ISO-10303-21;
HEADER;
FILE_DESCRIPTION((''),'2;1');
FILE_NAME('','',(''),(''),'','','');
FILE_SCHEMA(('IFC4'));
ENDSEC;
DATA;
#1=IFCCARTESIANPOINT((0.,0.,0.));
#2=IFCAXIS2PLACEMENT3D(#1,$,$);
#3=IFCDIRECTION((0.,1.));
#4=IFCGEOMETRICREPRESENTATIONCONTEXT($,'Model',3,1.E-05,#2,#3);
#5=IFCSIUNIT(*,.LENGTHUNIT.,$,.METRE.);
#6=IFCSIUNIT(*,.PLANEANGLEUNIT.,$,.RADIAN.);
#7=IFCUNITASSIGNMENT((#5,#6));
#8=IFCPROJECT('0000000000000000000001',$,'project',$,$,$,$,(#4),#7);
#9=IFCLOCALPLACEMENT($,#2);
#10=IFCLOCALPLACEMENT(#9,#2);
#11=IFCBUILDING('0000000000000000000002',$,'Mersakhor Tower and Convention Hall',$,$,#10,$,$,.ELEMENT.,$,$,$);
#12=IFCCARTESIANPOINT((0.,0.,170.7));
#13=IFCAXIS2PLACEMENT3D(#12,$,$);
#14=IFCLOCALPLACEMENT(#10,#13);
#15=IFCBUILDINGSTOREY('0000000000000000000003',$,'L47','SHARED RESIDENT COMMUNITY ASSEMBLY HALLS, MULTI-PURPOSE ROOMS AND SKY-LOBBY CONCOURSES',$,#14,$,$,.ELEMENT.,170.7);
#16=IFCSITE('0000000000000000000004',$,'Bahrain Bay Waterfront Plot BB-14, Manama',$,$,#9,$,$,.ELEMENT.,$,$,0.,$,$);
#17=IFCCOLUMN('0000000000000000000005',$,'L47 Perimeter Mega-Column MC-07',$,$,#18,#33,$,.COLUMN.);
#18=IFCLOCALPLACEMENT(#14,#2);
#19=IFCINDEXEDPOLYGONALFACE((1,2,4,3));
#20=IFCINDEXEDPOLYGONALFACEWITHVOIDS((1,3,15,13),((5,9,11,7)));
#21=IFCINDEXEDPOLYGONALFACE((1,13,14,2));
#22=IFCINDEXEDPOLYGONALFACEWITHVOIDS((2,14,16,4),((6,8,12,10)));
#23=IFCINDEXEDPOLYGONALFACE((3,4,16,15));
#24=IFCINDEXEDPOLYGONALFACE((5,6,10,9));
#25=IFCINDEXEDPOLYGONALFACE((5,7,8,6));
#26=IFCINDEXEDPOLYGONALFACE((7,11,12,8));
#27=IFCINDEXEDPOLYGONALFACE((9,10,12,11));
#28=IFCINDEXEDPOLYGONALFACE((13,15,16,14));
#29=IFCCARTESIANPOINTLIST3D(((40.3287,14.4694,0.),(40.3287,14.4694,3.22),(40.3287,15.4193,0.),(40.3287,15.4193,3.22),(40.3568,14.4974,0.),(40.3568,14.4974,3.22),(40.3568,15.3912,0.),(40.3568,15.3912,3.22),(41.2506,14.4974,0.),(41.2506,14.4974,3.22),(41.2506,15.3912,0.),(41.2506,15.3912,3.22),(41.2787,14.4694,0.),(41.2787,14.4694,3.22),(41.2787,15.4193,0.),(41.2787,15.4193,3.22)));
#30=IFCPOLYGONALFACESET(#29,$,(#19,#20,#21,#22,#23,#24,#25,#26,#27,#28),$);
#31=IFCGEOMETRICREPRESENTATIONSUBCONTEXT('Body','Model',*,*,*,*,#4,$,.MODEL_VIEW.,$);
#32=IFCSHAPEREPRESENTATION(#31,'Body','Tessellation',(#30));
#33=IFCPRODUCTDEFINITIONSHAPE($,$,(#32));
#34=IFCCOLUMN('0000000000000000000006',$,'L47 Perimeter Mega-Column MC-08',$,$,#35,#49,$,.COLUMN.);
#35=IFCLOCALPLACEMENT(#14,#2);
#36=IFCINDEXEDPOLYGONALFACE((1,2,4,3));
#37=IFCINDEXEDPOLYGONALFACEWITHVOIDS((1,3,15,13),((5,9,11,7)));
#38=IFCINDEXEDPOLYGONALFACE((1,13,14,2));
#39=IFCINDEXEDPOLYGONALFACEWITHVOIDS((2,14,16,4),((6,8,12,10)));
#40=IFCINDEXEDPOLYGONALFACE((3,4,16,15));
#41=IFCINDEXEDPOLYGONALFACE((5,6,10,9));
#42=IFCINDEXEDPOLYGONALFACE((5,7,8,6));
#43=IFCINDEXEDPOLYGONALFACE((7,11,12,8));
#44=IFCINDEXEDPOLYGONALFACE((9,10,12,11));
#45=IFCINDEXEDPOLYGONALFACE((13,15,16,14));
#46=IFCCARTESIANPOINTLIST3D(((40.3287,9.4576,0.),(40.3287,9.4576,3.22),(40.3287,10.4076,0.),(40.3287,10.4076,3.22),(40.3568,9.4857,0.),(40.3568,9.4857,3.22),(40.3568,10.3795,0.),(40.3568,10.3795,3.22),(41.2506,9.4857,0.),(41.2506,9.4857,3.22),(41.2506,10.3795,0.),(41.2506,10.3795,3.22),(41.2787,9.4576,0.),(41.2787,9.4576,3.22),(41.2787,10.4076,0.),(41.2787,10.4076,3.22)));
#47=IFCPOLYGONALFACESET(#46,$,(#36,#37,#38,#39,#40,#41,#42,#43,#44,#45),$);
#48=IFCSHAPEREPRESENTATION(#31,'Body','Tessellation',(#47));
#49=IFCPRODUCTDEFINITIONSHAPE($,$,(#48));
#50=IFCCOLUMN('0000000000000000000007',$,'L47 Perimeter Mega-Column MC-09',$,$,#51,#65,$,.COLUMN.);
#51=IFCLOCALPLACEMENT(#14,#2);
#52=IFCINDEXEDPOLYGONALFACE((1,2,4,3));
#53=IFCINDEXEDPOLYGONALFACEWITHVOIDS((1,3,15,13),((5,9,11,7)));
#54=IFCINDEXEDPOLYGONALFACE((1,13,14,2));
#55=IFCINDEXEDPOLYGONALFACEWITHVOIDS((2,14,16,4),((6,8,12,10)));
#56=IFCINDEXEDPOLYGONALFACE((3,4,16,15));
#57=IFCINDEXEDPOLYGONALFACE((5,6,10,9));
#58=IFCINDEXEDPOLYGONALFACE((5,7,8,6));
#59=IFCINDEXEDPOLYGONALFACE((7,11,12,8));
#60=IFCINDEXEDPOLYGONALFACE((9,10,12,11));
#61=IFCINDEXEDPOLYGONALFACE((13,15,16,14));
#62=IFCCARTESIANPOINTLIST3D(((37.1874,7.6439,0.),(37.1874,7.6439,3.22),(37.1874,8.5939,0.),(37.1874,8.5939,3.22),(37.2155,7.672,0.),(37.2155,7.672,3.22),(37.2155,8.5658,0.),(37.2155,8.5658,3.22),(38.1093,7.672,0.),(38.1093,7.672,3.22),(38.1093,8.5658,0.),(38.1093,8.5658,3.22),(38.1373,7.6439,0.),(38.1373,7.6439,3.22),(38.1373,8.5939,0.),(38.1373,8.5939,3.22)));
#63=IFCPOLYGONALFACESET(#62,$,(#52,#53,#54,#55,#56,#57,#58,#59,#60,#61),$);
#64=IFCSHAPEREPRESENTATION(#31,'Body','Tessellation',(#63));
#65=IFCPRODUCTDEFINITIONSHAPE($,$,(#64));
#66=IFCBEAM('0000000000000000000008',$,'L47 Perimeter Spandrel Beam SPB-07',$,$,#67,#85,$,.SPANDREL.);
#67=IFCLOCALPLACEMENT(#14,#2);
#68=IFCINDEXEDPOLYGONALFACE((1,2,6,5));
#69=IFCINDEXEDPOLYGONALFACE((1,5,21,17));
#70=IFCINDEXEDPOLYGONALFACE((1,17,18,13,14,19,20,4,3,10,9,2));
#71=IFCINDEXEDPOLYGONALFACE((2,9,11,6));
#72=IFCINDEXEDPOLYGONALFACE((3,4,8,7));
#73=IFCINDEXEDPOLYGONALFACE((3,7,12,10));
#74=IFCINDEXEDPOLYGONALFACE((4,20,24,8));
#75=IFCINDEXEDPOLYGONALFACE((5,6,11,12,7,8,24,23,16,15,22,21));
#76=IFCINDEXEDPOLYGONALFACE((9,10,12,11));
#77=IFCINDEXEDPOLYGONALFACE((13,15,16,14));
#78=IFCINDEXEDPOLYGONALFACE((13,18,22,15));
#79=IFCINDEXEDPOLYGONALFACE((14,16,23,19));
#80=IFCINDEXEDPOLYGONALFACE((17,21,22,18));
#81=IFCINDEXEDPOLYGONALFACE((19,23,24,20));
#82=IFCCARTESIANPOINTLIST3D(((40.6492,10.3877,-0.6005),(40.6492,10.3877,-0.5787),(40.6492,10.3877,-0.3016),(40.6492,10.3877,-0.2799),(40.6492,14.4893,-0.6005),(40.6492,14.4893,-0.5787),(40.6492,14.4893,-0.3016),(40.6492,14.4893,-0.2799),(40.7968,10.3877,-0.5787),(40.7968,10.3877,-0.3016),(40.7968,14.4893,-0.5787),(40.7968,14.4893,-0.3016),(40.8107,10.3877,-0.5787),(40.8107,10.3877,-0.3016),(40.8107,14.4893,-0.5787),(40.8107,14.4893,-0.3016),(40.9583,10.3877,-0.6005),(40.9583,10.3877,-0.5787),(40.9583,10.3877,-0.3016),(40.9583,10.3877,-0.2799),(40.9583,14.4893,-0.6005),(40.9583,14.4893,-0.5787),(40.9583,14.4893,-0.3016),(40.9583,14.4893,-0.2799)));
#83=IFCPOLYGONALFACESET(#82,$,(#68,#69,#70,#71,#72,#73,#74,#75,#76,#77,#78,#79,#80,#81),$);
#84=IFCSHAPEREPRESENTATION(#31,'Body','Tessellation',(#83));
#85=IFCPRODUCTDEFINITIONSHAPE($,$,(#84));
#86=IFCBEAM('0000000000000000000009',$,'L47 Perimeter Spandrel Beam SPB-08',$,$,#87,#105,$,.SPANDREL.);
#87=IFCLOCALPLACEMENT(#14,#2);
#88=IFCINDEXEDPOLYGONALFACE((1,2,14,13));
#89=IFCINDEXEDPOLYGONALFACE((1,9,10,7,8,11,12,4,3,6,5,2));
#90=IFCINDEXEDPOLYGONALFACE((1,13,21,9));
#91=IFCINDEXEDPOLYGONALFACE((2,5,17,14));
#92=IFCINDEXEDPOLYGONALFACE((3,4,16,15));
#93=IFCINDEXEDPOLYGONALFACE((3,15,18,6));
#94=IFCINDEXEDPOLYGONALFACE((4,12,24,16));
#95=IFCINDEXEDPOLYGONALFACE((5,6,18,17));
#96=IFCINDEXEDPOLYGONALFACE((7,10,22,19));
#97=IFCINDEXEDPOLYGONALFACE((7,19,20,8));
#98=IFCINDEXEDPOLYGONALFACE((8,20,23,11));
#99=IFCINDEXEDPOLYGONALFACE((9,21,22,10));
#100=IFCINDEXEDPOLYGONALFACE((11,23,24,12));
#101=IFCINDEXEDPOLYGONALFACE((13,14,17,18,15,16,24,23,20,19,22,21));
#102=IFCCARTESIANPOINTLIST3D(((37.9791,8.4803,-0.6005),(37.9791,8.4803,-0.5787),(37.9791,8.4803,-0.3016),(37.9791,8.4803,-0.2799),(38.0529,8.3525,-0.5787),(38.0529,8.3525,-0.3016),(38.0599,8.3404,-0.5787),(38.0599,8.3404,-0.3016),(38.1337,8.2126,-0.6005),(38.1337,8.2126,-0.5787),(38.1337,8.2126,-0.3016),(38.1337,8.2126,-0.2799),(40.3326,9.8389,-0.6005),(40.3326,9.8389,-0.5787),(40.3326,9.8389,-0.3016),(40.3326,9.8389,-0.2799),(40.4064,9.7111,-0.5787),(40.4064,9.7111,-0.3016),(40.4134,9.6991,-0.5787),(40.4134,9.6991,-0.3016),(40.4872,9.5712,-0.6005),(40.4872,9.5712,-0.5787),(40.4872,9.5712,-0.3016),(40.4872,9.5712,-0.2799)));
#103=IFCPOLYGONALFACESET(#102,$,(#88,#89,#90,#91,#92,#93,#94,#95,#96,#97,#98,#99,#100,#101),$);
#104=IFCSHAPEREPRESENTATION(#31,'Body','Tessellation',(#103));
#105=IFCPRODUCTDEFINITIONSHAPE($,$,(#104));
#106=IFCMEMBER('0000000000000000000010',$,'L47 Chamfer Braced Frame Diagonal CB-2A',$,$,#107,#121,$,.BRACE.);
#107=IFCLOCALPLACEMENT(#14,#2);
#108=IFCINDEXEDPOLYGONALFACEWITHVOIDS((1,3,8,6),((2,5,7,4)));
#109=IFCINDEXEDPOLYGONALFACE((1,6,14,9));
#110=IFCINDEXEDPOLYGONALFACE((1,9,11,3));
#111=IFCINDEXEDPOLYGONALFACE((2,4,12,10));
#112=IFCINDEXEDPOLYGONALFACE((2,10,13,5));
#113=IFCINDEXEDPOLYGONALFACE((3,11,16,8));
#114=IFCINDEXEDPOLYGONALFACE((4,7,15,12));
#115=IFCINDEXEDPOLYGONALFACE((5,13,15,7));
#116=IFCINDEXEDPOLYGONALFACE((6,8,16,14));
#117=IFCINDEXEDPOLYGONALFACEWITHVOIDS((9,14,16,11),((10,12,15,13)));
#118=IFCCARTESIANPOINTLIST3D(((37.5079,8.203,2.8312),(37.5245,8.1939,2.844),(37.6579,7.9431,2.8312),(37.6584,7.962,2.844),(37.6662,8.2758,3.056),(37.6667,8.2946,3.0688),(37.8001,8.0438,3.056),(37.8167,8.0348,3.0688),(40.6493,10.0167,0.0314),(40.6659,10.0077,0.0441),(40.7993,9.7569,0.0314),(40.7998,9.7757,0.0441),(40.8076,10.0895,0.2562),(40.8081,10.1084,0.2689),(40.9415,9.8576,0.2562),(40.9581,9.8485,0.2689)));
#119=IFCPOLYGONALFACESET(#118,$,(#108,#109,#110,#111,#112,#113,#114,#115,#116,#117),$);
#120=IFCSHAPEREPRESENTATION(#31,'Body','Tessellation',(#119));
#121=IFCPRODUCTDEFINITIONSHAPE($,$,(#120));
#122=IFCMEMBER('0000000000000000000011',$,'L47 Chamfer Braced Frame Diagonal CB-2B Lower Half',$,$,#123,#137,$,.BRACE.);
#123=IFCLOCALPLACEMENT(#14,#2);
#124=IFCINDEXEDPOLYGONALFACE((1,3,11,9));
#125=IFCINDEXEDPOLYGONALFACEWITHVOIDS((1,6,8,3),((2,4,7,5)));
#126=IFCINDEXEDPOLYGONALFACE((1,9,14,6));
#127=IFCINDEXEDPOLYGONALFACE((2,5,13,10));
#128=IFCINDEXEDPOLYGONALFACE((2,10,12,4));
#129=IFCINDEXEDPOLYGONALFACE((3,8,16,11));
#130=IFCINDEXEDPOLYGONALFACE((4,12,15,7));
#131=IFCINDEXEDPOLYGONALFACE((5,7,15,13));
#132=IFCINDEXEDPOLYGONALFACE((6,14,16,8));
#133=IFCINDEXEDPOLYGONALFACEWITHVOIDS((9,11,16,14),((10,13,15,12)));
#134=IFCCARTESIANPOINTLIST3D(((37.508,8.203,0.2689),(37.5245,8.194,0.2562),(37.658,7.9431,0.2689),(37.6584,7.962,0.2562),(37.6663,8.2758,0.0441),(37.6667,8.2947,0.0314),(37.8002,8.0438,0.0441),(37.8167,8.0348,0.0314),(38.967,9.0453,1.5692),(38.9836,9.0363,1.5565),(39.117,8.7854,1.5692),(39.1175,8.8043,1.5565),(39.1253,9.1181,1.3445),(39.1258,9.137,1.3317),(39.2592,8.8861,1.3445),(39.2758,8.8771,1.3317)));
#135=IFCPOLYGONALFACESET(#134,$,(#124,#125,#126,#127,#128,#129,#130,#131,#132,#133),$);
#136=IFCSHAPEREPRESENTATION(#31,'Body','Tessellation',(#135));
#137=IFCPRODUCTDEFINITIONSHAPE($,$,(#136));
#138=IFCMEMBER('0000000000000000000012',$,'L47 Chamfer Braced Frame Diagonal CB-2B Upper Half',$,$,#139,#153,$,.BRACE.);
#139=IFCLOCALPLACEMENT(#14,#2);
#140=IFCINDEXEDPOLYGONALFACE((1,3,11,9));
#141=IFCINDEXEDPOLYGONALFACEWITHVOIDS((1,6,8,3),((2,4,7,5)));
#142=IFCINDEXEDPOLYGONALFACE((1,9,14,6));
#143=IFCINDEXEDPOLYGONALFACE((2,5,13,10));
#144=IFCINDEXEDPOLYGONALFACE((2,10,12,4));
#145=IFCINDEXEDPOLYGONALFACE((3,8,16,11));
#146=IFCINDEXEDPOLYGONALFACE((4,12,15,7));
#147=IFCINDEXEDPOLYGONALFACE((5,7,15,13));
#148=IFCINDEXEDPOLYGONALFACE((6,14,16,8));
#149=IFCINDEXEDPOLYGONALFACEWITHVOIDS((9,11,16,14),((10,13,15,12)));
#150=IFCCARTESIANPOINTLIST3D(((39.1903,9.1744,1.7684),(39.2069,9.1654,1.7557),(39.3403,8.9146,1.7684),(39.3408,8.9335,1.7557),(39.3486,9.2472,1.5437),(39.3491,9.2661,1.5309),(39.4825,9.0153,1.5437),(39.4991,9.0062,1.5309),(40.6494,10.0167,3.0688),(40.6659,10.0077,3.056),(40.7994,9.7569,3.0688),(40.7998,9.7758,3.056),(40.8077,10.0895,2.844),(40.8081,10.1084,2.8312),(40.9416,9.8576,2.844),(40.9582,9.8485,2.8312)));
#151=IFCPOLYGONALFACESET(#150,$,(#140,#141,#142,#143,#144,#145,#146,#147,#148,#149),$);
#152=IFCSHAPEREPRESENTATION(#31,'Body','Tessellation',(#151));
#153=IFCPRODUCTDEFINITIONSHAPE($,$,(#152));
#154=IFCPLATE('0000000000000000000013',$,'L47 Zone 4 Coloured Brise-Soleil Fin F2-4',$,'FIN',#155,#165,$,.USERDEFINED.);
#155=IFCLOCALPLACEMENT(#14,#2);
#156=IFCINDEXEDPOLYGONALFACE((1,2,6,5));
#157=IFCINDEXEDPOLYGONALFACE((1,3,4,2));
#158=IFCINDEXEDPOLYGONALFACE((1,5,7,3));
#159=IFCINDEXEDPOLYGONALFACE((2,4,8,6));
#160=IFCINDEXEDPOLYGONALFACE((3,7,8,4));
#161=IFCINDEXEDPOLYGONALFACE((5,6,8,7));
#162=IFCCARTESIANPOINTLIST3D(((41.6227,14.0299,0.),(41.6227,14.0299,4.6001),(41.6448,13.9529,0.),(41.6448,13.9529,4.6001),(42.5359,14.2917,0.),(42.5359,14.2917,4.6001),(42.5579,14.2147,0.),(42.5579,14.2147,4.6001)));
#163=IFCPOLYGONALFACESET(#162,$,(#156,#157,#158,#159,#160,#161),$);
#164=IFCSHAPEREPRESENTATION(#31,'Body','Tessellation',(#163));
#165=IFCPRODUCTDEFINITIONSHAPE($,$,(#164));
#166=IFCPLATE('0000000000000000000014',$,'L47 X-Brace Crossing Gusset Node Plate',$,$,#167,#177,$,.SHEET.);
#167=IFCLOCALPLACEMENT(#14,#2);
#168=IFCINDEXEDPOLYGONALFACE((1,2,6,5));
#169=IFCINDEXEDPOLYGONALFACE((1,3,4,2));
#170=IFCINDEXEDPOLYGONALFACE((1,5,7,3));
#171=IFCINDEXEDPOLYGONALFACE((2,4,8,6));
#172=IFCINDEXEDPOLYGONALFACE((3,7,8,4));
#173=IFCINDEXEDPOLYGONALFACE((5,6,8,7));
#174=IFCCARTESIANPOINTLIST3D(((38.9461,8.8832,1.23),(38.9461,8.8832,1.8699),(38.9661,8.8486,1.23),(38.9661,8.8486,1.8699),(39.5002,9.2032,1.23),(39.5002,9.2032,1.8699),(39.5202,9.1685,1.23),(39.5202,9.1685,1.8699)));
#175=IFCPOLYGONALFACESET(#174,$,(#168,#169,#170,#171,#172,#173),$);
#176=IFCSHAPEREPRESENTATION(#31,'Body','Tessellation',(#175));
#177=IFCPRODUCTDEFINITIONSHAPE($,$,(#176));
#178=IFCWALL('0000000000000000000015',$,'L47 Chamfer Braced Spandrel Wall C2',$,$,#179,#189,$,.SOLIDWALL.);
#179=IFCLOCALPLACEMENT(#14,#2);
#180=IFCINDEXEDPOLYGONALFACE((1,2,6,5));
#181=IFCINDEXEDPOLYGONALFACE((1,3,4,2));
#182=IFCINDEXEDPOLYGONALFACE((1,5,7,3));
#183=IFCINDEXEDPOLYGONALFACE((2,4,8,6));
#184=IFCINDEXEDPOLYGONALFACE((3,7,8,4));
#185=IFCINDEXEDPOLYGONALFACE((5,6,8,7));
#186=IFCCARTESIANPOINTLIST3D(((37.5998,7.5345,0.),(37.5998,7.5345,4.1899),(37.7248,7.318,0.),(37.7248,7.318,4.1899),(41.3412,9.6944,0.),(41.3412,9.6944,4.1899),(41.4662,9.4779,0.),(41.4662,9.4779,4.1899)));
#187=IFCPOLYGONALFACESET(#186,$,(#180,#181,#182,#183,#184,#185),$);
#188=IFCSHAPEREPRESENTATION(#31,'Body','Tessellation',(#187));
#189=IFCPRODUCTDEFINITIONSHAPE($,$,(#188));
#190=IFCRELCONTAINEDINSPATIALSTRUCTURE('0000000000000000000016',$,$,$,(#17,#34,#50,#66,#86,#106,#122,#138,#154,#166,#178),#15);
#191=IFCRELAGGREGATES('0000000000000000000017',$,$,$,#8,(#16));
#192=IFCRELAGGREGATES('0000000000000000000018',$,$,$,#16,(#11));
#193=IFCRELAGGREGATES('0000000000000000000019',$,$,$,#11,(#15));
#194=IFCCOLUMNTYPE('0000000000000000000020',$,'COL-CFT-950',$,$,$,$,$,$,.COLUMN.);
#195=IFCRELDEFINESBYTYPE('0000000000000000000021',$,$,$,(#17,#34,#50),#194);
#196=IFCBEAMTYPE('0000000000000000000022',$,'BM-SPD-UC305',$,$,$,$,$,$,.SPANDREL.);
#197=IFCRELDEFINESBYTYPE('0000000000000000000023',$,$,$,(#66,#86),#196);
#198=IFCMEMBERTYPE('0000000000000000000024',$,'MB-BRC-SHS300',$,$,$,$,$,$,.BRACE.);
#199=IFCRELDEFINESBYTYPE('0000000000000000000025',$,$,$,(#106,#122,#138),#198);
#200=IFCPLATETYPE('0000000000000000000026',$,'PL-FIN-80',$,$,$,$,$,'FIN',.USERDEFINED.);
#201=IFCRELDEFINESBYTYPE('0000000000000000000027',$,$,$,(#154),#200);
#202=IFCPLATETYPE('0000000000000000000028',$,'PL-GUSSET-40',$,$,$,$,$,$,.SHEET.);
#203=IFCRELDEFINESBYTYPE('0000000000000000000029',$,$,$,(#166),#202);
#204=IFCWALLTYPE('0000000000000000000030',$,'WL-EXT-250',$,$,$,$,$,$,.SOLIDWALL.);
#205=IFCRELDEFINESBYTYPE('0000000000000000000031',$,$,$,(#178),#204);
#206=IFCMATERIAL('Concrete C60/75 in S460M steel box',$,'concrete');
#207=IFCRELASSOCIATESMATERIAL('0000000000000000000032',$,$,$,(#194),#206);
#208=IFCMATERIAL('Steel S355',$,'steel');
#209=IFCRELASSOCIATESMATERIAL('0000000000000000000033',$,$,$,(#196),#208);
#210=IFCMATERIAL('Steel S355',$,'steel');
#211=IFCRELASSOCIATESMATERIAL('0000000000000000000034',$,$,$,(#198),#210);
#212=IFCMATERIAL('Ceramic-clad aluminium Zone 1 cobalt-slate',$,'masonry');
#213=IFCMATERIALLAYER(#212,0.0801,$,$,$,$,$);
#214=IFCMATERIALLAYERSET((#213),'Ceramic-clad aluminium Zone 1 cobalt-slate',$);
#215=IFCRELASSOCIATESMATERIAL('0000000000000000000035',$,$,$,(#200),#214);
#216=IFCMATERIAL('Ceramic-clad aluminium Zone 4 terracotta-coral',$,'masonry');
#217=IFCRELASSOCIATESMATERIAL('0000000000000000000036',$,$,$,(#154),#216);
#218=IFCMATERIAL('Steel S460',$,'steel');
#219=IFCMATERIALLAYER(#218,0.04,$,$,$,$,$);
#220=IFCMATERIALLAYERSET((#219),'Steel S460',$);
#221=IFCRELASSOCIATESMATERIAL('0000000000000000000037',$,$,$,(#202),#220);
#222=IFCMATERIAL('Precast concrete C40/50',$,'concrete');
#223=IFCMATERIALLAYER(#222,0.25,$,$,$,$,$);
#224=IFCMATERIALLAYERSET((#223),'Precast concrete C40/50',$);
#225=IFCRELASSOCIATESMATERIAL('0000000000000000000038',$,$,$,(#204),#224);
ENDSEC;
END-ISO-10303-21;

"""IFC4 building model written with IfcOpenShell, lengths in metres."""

from ifc_helpers import new_model, si_unit, direction, frame, frame_2d, origin, origin_2d, place, context, subcontext, project, spatial, rectangle, hollow_rectangle, i_section, extrude, material, layer, layer_set, material_profile, profile_set, type_object, element, save


model = new_model("IFC4")

# Units and contexts
model_context = context("Model", 3, precision=1e-05, world=origin(), true_north=direction((0.0, 1.0)))
body_context = subcontext(model_context, "Body", "Model", "MODEL_VIEW")
ifc_project = project(units=[si_unit("LENGTHUNIT", "METRE"), si_unit("PLANEANGLEUNIT", "RADIAN")], contexts=[model_context])

# Site, building, storey
site_placement = place(None, origin())
site = spatial("IfcSite", under=ifc_project, at=site_placement, Name="Bahrain Bay Waterfront Plot BB-14, Manama", CompositionType="ELEMENT", RefElevation=0.0)
building_placement = place(site_placement, origin())
building = spatial("IfcBuilding", under=site, at=building_placement, Name="Mersakhor Tower and Convention Hall", CompositionType="ELEMENT")
storey_placement = place(building_placement, frame((0.0, 0.0, 170.7)))
storey = spatial("IfcBuildingStorey", under=building, at=storey_placement, Name="L47", Description="SHARED RESIDENT COMMUNITY ASSEMBLY HALLS, MULTI-PURPOSE ROOMS AND SKY-LOBBY CONCOURSES", CompositionType="ELEMENT", Elevation=170.7)

# Columns
ifc_material_1 = material(Name="Concrete C60/75 in S460M steel box", Category="concrete")
ifc_material_profile_1 = material_profile(ifc_material_1, hollow_rectangle(XDim=0.95, YDim=0.95, WallThickness=0.0281, at=origin_2d()), Name="SHS 950x950x28")
ifc_profile_set_1 = profile_set([ifc_material_profile_1], Name="Concrete C60/75 in S460M steel box")
column_type = type_object("IfcColumnType", Name="COL-CFT-950", PredefinedType="COLUMN", material=ifc_profile_set_1)
for number, where, z_axis, x_axis, name in (
    (1, (40.8037, 14.9443, 0.0), (0.0, 0.0, 1.0), (1.0, 0.0, 0.0), "L47 Perimeter Mega-Column MC-07"),
    (2, (40.8037, 9.9326, 0.0), (0.0, 0.0, 1.0), (1.0, 0.0, 0.0), "L47 Perimeter Mega-Column MC-08"),
    (3, (37.6624, 8.1189, 0.0), (0.0, 0.0, 1.0), (1.0, 0.0, 0.0), "L47 Perimeter Mega-Column MC-09"),
):
    element("IfcColumn", number, at=place(storey_placement, frame(where, z_axis=z_axis, x_axis=x_axis)), inside=storey, type_object=column_type, Name=name, PredefinedType="COLUMN", context=body_context, shape_type="SweptSolid", body=[
        extrude(hollow_rectangle(XDim=0.95, YDim=0.95, WallThickness=0.0281, at=origin_2d()), origin(), (0.0, 0.0, 1.0), 3.22),
    ])

# Beams
ifc_material_2 = material(Name="Steel S355", Category="steel")
ifc_material_profile_2 = material_profile(ifc_material_2, i_section(OverallWidth=0.3091, OverallDepth=0.3206, WebThickness=0.0139, FlangeThickness=0.0217, at=origin_2d()), Name="UC 305x305x137")
ifc_profile_set_2 = profile_set([ifc_material_profile_2], Name="Steel S355")
beam_type = type_object("IfcBeamType", Name="BM-SPD-UC305", PredefinedType="SPANDREL", material=ifc_profile_set_2)
beam_1_placement = place(storey_placement, frame((40.8037, 14.4893, -0.4402), z_axis=(0.0, -1.0, 0.0), x_axis=(1.0, 0.0, 0.0)))
element("IfcBeam", 4, at=beam_1_placement, inside=storey, type_object=beam_type, Name="L47 Perimeter Spandrel Beam SPB-07", PredefinedType="SPANDREL", context=body_context, shape_type="SweptSolid", body=[
    extrude(i_section(OverallWidth=0.3091, OverallDepth=0.3206, WebThickness=0.0139, FlangeThickness=0.0217, at=origin_2d()), origin(), (0.0, 0.0, 1.0), 4.1016),
])
beam_2_placement = place(storey_placement, frame((40.4099, 9.7051, -0.4402), z_axis=(-0.866051, -0.499956, 0.0), x_axis=(0.499956, -0.866051, 0.0)))
element("IfcBeam", 5, at=beam_2_placement, inside=storey, type_object=beam_type, Name="L47 Perimeter Spandrel Beam SPB-08", PredefinedType="SPANDREL", context=body_context, shape_type="SweptSolid", body=[
    extrude(i_section(OverallWidth=0.3091, OverallDepth=0.3206, WebThickness=0.0139, FlangeThickness=0.0217, at=origin_2d()), origin(), (0.0, 0.0, 1.0), 2.7175),
])

# Members
ifc_material_3 = material(Name="Steel S355", Category="steel")
ifc_material_profile_3 = material_profile(ifc_material_3, hollow_rectangle(XDim=0.3, YDim=0.3, WallThickness=0.0161, at=origin_2d()), Name="SHS 300x300x16")
ifc_profile_set_3 = profile_set([ifc_material_profile_3], Name="Steel S355")
member_type = type_object("IfcMemberType", Name="MB-BRC-SHS300", PredefinedType="BRACE", material=ifc_profile_set_3)
member_placement = place(storey_placement, frame((40.8037, 9.9326, 0.1501), z_axis=(-0.685556, -0.395818, 0.611017), x_axis=(0.500012, -0.866019, 0.0)))
element("IfcMember", 6, at=member_placement, inside=storey, type_object=member_type, Name="L47 Chamfer Braced Frame Diagonal CB-2A", PredefinedType="BRACE", context=body_context, shape_type="SweptSolid", body=[
    extrude(hollow_rectangle(XDim=0.3, YDim=0.3, WallThickness=0.0161, at=origin_2d()), origin(), (0.0, 0.0, 1.0), 4.5823),
])
for number, where, z_axis, x_axis, name in (
    (7, (37.6624, 8.1189, 0.1501), (0.685578, 0.395791, 0.611009), (-0.499973, 0.866041, 0.0), "L47 Chamfer Braced Frame Diagonal CB-2B Lower Half"),
    (8, (39.3447, 9.0903, 1.6497), (0.685578, 0.395791, 0.611009), (-0.499973, 0.866041, 0.0), "L47 Chamfer Braced Frame Diagonal CB-2B Upper Half"),
):
    element("IfcMember", number, at=place(storey_placement, frame(where, z_axis=z_axis, x_axis=x_axis)), inside=storey, type_object=member_type, Name=name, PredefinedType="BRACE", context=body_context, shape_type="SweptSolid", body=[
        extrude(hollow_rectangle(XDim=0.3, YDim=0.3, WallThickness=0.0161, at=origin_2d()), origin(), (0.0, 0.0, 1.0), 2.1282),
    ])

# Plates
ifc_material_4 = material(Name="Ceramic-clad aluminium Zone 4 terracotta-coral", Category="masonry")
ifc_material_5 = material(Name="Ceramic-clad aluminium Zone 1 cobalt-slate", Category="masonry")
ifc_layer_1 = layer(ifc_material_5, 0.0801)
ifc_layer_set_1 = layer_set([ifc_layer_1], Name="Ceramic-clad aluminium Zone 1 cobalt-slate")
plate_type_1 = type_object("IfcPlateType", Name="PL-FIN-80", ElementType="FIN", PredefinedType="USERDEFINED", material=ifc_layer_set_1)
plate_1_placement = place(storey_placement, frame((42.0903, 14.1223, 0.0), z_axis=(0.0, 0.0, 1.0), x_axis=(0.961262, 0.275637, 0.0)))
element("IfcPlate", 9, at=plate_1_placement, inside=storey, type_object=plate_type_1, material=ifc_material_4, Name="L47 Zone 4 Coloured Brise-Soleil Fin F2-4", ObjectType="FIN", PredefinedType="USERDEFINED", context=body_context, shape_type="SweptSolid", body=[
    extrude(rectangle(XDim=0.95, YDim=0.0801, at=origin_2d()), origin(), (0.0, 0.0, 1.0), 4.6001),
])
ifc_material_6 = material(Name="Steel S460", Category="steel")
ifc_layer_2 = layer(ifc_material_6, 0.04)
ifc_layer_set_2 = layer_set([ifc_layer_2], Name="Steel S460")
plate_type_2 = type_object("IfcPlateType", Name="PL-GUSSET-40", PredefinedType="SHEET", material=ifc_layer_set_2)
plate_2_placement = place(storey_placement, frame((39.2332, 9.0259, 1.23), z_axis=(0.0, 0.0, 1.0), x_axis=(0.866025, 0.5, 0.0)))
element("IfcPlate", 10, at=plate_2_placement, inside=storey, type_object=plate_type_2, Name="L47 X-Brace Crossing Gusset Node Plate", PredefinedType="SHEET", context=body_context, shape_type="SweptSolid", body=[
    extrude(rectangle(XDim=0.6399, YDim=0.04, at=origin_2d()), origin(), (0.0, 0.0, 1.0), 0.6399),
])

# Wall
ifc_material_7 = material(Name="Precast concrete C40/50", Category="concrete")
ifc_layer_3 = layer(ifc_material_7, 0.25)
ifc_layer_set_3 = layer_set([ifc_layer_3], Name="Precast concrete C40/50")
wall_type_1 = type_object("IfcWallType", Name="WL-EXT-250", PredefinedType="SOLIDWALL", material=ifc_layer_set_3)
wall_1_placement = place(storey_placement, frame((41.4038, 9.5862, 0.0), z_axis=(0.0, 0.0, 1.0), x_axis=(-0.866047, -0.499962, 0.0)))
element("IfcWall", 11, at=wall_1_placement, inside=storey, type_object=wall_type_1, Name="L47 Chamfer Braced Spandrel Wall C2", PredefinedType="SOLIDWALL", context=body_context, shape_type="SweptSolid", body=[
    extrude(rectangle(XDim=4.3201, YDim=0.25, at=frame_2d((2.1602, 0.0))), origin(), (0.0, 0.0, 1.0), 4.1899),
])

save(model, "model.ifc")
